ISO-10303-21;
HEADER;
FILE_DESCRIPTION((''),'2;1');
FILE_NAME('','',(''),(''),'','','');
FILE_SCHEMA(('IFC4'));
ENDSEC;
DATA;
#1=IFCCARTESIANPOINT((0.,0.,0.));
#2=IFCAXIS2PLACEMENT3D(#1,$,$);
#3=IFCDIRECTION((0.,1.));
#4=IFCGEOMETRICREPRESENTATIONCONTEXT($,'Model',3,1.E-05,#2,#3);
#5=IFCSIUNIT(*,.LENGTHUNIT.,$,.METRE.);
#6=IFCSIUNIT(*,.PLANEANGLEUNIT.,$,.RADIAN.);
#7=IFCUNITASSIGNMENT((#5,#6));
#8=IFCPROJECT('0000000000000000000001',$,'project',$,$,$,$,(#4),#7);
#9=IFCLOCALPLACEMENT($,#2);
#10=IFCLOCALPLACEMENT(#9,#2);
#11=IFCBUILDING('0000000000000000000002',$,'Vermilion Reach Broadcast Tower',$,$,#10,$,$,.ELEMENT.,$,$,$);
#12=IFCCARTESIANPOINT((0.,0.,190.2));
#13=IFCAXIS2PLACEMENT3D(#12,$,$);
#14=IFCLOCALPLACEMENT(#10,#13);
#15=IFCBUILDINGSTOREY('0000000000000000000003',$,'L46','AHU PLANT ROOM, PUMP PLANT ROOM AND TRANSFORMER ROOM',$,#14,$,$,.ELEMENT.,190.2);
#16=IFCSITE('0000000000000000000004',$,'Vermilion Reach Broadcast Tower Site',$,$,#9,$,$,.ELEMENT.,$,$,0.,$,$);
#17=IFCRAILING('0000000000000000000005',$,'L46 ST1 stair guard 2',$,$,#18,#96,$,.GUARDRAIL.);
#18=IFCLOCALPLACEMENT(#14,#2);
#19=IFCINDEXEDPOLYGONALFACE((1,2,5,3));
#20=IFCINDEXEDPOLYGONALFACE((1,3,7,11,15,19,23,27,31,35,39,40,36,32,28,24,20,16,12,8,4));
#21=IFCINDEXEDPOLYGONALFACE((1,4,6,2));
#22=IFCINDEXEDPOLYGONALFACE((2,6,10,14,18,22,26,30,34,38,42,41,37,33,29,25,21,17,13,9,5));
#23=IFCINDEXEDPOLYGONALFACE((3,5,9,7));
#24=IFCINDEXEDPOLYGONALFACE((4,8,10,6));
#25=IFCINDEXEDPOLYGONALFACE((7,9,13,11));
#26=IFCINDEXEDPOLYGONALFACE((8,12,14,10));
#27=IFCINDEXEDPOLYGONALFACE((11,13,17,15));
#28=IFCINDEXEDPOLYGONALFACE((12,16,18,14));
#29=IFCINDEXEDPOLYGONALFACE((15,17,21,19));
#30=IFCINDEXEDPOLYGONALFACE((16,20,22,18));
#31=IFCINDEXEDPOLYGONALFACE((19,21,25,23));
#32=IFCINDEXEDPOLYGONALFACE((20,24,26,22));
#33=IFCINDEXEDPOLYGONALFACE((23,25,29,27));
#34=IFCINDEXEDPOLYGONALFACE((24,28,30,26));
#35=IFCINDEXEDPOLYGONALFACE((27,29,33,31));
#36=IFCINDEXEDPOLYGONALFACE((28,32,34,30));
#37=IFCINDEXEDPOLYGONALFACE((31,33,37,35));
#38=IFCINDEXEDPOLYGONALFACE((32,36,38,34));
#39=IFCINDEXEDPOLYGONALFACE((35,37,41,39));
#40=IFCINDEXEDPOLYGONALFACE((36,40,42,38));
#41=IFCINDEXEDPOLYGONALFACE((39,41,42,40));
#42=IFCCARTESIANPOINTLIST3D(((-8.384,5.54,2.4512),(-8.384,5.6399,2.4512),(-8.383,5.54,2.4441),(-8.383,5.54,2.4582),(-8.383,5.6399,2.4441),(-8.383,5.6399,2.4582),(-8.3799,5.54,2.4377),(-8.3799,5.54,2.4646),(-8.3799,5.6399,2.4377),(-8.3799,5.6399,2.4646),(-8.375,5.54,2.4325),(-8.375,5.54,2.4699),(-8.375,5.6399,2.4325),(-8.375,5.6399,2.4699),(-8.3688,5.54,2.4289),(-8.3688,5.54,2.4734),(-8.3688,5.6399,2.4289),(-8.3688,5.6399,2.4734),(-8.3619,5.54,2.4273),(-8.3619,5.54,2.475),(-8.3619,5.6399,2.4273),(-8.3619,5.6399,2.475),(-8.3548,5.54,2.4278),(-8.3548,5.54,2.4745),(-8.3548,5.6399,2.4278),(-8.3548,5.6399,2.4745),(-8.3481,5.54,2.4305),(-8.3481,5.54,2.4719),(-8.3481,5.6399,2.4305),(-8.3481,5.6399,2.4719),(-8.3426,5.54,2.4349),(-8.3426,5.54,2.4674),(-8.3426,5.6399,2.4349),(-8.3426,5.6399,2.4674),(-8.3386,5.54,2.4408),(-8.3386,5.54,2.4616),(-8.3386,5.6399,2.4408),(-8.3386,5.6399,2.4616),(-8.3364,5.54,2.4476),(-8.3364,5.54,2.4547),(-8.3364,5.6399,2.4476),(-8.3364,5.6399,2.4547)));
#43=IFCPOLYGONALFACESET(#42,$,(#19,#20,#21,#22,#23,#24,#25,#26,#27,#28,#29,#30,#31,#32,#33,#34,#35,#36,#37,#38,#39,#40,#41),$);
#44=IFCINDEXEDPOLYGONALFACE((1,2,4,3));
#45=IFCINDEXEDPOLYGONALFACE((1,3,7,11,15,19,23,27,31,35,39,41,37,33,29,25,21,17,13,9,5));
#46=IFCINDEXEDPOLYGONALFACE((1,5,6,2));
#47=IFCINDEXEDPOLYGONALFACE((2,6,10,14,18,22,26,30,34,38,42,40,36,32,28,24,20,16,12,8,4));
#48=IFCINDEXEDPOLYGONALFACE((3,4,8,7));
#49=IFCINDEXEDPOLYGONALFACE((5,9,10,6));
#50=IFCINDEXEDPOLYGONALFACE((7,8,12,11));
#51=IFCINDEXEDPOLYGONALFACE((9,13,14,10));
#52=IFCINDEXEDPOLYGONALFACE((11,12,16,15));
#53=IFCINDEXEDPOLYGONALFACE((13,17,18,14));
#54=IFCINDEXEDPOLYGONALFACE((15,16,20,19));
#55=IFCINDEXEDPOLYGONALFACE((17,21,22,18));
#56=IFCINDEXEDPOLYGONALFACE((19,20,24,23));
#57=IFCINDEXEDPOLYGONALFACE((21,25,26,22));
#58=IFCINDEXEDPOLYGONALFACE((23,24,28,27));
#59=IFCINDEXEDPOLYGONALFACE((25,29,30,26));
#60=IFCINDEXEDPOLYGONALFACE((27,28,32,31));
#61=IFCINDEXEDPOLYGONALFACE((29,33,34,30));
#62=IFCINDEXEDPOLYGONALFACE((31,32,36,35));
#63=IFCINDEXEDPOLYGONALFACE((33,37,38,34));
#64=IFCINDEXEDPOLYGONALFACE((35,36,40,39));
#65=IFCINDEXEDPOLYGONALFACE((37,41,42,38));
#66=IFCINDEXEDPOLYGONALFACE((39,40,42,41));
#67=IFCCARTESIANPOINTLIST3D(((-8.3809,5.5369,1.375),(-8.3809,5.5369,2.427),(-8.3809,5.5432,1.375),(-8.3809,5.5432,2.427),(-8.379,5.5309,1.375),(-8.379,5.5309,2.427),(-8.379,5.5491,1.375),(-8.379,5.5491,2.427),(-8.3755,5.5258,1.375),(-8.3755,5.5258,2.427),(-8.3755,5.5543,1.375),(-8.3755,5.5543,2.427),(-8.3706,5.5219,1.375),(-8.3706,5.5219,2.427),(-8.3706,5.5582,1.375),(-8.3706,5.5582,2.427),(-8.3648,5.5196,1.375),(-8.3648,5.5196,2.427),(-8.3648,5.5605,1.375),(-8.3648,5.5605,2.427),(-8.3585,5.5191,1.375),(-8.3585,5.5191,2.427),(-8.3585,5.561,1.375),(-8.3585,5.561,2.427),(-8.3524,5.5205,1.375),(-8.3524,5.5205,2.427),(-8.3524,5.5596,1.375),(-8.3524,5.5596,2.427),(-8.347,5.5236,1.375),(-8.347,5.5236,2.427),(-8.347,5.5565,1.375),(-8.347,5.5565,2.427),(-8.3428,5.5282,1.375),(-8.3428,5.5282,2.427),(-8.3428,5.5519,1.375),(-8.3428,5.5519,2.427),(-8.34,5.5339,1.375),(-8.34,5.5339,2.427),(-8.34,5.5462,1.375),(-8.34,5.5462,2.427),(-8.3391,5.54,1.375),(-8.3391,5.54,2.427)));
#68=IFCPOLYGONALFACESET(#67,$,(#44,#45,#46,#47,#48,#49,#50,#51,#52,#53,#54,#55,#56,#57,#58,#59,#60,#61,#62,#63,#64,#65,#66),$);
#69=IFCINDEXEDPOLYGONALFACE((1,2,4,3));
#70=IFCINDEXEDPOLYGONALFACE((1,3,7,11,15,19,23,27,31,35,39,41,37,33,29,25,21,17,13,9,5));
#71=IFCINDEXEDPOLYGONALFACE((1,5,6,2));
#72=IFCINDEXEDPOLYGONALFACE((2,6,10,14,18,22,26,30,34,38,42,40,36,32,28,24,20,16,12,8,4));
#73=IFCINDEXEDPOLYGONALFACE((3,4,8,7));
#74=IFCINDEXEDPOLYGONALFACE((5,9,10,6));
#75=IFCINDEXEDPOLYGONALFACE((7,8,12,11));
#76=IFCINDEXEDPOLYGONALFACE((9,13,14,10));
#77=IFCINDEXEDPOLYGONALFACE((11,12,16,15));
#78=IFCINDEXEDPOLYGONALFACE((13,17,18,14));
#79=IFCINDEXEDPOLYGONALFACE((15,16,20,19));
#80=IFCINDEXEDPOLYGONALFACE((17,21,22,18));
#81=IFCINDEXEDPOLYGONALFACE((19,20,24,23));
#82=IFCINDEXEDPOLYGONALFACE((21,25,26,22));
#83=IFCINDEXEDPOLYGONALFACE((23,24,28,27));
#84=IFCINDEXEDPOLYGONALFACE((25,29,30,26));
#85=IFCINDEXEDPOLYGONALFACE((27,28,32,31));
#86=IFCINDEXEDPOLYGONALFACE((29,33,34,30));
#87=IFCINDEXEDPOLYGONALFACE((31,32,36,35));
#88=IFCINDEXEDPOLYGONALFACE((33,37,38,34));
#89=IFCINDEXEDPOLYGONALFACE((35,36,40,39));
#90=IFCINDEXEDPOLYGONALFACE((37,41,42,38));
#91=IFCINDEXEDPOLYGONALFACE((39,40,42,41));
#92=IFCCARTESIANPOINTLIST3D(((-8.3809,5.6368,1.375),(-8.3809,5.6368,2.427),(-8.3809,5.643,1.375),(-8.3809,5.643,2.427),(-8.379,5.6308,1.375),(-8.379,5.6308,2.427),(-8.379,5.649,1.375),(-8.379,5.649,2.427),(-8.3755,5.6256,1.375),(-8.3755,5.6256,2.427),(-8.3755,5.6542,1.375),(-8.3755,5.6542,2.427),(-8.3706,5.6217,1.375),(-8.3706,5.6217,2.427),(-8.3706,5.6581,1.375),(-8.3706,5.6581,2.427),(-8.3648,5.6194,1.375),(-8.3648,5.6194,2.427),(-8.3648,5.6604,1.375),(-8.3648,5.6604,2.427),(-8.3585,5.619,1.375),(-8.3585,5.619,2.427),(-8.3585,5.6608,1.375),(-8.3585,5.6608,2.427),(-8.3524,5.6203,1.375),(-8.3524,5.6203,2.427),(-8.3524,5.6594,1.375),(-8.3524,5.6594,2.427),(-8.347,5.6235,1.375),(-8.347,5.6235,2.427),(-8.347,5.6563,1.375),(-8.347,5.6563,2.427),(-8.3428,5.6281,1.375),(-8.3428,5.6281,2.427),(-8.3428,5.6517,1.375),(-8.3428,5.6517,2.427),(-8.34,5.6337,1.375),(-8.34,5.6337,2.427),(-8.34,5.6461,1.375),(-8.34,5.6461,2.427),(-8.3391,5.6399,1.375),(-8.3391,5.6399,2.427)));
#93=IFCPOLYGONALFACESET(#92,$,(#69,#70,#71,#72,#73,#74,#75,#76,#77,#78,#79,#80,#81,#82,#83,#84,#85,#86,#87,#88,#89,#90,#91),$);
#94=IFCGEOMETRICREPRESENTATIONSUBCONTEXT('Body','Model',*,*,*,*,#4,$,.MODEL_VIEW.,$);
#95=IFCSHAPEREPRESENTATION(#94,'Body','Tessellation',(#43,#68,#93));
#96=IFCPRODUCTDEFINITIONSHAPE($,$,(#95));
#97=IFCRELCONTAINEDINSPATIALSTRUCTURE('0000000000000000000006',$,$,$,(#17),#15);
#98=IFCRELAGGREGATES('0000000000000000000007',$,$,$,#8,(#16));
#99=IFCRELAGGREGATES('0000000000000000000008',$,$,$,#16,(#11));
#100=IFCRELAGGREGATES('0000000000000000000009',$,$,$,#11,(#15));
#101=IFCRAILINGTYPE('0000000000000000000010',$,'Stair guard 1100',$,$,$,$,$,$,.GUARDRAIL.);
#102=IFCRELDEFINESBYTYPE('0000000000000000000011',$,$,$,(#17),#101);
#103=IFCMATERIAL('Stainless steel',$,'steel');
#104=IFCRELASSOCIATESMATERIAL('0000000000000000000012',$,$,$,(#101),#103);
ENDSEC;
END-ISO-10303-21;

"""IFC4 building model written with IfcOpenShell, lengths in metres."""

from ifc_helpers import new_model, si_unit, direction, frame, origin, origin_2d, place, context, subcontext, project, spatial, circle, extrude, material, type_object, element, save


model = new_model("IFC4")

# Units and contexts
model_context = context("Model", 3, precision=1e-05, world=origin(), true_north=direction((0.0, 1.0)))
body_context = subcontext(model_context, "Body", "Model", "MODEL_VIEW")
ifc_project = project(units=[si_unit("LENGTHUNIT", "METRE"), si_unit("PLANEANGLEUNIT", "RADIAN")], contexts=[model_context])

# Site, building, storey
site_placement = place(None, origin())
site = spatial("IfcSite", under=ifc_project, at=site_placement, Name="Vermilion Reach Broadcast Tower Site", CompositionType="ELEMENT", RefElevation=0.0)
building_placement = place(site_placement, origin())
building = spatial("IfcBuilding", under=site, at=building_placement, Name="Vermilion Reach Broadcast Tower", CompositionType="ELEMENT")
storey_placement = place(building_placement, frame((0.0, 0.0, 190.2)))
storey = spatial("IfcBuildingStorey", under=building, at=storey_placement, Name="L46", Description="AHU PLANT ROOM, PUMP PLANT ROOM AND TRANSFORMER ROOM", CompositionType="ELEMENT", Elevation=190.2)

# Railing
ifc_material_1 = material(Name="Stainless steel", Category="steel")
railing_type_1 = type_object("IfcRailingType", Name="Stair guard 1100", PredefinedType="GUARDRAIL", material=ifc_material_1)
railing_1_placement = place(storey_placement, frame((-8.3601, 5.54, 1.375)))
element("IfcRailing", 1, at=railing_1_placement, inside=storey, type_object=railing_type_1, Name="L46 ST1 stair guard 2", PredefinedType="GUARDRAIL", context=body_context, shape_type="SweptSolid", body=[
    extrude(circle(Radius=0.0239, at=origin_2d()), frame((0.0, 0.0, 1.0762), z_axis=(0.0, 1.0, 0.0), x_axis=(-1.0, 0.0, 0.0)), (0.0, 0.0, 1.0), 0.0999),
    extrude(circle(Radius=0.021, at=origin_2d()), origin(), (0.0, 0.0, 1.0), 1.052),
    extrude(circle(Radius=0.021, at=origin_2d()), frame((0.0, 0.0999, 0.0)), (0.0, 0.0, 1.0), 1.052),
])

save(model, "model.ifc")
